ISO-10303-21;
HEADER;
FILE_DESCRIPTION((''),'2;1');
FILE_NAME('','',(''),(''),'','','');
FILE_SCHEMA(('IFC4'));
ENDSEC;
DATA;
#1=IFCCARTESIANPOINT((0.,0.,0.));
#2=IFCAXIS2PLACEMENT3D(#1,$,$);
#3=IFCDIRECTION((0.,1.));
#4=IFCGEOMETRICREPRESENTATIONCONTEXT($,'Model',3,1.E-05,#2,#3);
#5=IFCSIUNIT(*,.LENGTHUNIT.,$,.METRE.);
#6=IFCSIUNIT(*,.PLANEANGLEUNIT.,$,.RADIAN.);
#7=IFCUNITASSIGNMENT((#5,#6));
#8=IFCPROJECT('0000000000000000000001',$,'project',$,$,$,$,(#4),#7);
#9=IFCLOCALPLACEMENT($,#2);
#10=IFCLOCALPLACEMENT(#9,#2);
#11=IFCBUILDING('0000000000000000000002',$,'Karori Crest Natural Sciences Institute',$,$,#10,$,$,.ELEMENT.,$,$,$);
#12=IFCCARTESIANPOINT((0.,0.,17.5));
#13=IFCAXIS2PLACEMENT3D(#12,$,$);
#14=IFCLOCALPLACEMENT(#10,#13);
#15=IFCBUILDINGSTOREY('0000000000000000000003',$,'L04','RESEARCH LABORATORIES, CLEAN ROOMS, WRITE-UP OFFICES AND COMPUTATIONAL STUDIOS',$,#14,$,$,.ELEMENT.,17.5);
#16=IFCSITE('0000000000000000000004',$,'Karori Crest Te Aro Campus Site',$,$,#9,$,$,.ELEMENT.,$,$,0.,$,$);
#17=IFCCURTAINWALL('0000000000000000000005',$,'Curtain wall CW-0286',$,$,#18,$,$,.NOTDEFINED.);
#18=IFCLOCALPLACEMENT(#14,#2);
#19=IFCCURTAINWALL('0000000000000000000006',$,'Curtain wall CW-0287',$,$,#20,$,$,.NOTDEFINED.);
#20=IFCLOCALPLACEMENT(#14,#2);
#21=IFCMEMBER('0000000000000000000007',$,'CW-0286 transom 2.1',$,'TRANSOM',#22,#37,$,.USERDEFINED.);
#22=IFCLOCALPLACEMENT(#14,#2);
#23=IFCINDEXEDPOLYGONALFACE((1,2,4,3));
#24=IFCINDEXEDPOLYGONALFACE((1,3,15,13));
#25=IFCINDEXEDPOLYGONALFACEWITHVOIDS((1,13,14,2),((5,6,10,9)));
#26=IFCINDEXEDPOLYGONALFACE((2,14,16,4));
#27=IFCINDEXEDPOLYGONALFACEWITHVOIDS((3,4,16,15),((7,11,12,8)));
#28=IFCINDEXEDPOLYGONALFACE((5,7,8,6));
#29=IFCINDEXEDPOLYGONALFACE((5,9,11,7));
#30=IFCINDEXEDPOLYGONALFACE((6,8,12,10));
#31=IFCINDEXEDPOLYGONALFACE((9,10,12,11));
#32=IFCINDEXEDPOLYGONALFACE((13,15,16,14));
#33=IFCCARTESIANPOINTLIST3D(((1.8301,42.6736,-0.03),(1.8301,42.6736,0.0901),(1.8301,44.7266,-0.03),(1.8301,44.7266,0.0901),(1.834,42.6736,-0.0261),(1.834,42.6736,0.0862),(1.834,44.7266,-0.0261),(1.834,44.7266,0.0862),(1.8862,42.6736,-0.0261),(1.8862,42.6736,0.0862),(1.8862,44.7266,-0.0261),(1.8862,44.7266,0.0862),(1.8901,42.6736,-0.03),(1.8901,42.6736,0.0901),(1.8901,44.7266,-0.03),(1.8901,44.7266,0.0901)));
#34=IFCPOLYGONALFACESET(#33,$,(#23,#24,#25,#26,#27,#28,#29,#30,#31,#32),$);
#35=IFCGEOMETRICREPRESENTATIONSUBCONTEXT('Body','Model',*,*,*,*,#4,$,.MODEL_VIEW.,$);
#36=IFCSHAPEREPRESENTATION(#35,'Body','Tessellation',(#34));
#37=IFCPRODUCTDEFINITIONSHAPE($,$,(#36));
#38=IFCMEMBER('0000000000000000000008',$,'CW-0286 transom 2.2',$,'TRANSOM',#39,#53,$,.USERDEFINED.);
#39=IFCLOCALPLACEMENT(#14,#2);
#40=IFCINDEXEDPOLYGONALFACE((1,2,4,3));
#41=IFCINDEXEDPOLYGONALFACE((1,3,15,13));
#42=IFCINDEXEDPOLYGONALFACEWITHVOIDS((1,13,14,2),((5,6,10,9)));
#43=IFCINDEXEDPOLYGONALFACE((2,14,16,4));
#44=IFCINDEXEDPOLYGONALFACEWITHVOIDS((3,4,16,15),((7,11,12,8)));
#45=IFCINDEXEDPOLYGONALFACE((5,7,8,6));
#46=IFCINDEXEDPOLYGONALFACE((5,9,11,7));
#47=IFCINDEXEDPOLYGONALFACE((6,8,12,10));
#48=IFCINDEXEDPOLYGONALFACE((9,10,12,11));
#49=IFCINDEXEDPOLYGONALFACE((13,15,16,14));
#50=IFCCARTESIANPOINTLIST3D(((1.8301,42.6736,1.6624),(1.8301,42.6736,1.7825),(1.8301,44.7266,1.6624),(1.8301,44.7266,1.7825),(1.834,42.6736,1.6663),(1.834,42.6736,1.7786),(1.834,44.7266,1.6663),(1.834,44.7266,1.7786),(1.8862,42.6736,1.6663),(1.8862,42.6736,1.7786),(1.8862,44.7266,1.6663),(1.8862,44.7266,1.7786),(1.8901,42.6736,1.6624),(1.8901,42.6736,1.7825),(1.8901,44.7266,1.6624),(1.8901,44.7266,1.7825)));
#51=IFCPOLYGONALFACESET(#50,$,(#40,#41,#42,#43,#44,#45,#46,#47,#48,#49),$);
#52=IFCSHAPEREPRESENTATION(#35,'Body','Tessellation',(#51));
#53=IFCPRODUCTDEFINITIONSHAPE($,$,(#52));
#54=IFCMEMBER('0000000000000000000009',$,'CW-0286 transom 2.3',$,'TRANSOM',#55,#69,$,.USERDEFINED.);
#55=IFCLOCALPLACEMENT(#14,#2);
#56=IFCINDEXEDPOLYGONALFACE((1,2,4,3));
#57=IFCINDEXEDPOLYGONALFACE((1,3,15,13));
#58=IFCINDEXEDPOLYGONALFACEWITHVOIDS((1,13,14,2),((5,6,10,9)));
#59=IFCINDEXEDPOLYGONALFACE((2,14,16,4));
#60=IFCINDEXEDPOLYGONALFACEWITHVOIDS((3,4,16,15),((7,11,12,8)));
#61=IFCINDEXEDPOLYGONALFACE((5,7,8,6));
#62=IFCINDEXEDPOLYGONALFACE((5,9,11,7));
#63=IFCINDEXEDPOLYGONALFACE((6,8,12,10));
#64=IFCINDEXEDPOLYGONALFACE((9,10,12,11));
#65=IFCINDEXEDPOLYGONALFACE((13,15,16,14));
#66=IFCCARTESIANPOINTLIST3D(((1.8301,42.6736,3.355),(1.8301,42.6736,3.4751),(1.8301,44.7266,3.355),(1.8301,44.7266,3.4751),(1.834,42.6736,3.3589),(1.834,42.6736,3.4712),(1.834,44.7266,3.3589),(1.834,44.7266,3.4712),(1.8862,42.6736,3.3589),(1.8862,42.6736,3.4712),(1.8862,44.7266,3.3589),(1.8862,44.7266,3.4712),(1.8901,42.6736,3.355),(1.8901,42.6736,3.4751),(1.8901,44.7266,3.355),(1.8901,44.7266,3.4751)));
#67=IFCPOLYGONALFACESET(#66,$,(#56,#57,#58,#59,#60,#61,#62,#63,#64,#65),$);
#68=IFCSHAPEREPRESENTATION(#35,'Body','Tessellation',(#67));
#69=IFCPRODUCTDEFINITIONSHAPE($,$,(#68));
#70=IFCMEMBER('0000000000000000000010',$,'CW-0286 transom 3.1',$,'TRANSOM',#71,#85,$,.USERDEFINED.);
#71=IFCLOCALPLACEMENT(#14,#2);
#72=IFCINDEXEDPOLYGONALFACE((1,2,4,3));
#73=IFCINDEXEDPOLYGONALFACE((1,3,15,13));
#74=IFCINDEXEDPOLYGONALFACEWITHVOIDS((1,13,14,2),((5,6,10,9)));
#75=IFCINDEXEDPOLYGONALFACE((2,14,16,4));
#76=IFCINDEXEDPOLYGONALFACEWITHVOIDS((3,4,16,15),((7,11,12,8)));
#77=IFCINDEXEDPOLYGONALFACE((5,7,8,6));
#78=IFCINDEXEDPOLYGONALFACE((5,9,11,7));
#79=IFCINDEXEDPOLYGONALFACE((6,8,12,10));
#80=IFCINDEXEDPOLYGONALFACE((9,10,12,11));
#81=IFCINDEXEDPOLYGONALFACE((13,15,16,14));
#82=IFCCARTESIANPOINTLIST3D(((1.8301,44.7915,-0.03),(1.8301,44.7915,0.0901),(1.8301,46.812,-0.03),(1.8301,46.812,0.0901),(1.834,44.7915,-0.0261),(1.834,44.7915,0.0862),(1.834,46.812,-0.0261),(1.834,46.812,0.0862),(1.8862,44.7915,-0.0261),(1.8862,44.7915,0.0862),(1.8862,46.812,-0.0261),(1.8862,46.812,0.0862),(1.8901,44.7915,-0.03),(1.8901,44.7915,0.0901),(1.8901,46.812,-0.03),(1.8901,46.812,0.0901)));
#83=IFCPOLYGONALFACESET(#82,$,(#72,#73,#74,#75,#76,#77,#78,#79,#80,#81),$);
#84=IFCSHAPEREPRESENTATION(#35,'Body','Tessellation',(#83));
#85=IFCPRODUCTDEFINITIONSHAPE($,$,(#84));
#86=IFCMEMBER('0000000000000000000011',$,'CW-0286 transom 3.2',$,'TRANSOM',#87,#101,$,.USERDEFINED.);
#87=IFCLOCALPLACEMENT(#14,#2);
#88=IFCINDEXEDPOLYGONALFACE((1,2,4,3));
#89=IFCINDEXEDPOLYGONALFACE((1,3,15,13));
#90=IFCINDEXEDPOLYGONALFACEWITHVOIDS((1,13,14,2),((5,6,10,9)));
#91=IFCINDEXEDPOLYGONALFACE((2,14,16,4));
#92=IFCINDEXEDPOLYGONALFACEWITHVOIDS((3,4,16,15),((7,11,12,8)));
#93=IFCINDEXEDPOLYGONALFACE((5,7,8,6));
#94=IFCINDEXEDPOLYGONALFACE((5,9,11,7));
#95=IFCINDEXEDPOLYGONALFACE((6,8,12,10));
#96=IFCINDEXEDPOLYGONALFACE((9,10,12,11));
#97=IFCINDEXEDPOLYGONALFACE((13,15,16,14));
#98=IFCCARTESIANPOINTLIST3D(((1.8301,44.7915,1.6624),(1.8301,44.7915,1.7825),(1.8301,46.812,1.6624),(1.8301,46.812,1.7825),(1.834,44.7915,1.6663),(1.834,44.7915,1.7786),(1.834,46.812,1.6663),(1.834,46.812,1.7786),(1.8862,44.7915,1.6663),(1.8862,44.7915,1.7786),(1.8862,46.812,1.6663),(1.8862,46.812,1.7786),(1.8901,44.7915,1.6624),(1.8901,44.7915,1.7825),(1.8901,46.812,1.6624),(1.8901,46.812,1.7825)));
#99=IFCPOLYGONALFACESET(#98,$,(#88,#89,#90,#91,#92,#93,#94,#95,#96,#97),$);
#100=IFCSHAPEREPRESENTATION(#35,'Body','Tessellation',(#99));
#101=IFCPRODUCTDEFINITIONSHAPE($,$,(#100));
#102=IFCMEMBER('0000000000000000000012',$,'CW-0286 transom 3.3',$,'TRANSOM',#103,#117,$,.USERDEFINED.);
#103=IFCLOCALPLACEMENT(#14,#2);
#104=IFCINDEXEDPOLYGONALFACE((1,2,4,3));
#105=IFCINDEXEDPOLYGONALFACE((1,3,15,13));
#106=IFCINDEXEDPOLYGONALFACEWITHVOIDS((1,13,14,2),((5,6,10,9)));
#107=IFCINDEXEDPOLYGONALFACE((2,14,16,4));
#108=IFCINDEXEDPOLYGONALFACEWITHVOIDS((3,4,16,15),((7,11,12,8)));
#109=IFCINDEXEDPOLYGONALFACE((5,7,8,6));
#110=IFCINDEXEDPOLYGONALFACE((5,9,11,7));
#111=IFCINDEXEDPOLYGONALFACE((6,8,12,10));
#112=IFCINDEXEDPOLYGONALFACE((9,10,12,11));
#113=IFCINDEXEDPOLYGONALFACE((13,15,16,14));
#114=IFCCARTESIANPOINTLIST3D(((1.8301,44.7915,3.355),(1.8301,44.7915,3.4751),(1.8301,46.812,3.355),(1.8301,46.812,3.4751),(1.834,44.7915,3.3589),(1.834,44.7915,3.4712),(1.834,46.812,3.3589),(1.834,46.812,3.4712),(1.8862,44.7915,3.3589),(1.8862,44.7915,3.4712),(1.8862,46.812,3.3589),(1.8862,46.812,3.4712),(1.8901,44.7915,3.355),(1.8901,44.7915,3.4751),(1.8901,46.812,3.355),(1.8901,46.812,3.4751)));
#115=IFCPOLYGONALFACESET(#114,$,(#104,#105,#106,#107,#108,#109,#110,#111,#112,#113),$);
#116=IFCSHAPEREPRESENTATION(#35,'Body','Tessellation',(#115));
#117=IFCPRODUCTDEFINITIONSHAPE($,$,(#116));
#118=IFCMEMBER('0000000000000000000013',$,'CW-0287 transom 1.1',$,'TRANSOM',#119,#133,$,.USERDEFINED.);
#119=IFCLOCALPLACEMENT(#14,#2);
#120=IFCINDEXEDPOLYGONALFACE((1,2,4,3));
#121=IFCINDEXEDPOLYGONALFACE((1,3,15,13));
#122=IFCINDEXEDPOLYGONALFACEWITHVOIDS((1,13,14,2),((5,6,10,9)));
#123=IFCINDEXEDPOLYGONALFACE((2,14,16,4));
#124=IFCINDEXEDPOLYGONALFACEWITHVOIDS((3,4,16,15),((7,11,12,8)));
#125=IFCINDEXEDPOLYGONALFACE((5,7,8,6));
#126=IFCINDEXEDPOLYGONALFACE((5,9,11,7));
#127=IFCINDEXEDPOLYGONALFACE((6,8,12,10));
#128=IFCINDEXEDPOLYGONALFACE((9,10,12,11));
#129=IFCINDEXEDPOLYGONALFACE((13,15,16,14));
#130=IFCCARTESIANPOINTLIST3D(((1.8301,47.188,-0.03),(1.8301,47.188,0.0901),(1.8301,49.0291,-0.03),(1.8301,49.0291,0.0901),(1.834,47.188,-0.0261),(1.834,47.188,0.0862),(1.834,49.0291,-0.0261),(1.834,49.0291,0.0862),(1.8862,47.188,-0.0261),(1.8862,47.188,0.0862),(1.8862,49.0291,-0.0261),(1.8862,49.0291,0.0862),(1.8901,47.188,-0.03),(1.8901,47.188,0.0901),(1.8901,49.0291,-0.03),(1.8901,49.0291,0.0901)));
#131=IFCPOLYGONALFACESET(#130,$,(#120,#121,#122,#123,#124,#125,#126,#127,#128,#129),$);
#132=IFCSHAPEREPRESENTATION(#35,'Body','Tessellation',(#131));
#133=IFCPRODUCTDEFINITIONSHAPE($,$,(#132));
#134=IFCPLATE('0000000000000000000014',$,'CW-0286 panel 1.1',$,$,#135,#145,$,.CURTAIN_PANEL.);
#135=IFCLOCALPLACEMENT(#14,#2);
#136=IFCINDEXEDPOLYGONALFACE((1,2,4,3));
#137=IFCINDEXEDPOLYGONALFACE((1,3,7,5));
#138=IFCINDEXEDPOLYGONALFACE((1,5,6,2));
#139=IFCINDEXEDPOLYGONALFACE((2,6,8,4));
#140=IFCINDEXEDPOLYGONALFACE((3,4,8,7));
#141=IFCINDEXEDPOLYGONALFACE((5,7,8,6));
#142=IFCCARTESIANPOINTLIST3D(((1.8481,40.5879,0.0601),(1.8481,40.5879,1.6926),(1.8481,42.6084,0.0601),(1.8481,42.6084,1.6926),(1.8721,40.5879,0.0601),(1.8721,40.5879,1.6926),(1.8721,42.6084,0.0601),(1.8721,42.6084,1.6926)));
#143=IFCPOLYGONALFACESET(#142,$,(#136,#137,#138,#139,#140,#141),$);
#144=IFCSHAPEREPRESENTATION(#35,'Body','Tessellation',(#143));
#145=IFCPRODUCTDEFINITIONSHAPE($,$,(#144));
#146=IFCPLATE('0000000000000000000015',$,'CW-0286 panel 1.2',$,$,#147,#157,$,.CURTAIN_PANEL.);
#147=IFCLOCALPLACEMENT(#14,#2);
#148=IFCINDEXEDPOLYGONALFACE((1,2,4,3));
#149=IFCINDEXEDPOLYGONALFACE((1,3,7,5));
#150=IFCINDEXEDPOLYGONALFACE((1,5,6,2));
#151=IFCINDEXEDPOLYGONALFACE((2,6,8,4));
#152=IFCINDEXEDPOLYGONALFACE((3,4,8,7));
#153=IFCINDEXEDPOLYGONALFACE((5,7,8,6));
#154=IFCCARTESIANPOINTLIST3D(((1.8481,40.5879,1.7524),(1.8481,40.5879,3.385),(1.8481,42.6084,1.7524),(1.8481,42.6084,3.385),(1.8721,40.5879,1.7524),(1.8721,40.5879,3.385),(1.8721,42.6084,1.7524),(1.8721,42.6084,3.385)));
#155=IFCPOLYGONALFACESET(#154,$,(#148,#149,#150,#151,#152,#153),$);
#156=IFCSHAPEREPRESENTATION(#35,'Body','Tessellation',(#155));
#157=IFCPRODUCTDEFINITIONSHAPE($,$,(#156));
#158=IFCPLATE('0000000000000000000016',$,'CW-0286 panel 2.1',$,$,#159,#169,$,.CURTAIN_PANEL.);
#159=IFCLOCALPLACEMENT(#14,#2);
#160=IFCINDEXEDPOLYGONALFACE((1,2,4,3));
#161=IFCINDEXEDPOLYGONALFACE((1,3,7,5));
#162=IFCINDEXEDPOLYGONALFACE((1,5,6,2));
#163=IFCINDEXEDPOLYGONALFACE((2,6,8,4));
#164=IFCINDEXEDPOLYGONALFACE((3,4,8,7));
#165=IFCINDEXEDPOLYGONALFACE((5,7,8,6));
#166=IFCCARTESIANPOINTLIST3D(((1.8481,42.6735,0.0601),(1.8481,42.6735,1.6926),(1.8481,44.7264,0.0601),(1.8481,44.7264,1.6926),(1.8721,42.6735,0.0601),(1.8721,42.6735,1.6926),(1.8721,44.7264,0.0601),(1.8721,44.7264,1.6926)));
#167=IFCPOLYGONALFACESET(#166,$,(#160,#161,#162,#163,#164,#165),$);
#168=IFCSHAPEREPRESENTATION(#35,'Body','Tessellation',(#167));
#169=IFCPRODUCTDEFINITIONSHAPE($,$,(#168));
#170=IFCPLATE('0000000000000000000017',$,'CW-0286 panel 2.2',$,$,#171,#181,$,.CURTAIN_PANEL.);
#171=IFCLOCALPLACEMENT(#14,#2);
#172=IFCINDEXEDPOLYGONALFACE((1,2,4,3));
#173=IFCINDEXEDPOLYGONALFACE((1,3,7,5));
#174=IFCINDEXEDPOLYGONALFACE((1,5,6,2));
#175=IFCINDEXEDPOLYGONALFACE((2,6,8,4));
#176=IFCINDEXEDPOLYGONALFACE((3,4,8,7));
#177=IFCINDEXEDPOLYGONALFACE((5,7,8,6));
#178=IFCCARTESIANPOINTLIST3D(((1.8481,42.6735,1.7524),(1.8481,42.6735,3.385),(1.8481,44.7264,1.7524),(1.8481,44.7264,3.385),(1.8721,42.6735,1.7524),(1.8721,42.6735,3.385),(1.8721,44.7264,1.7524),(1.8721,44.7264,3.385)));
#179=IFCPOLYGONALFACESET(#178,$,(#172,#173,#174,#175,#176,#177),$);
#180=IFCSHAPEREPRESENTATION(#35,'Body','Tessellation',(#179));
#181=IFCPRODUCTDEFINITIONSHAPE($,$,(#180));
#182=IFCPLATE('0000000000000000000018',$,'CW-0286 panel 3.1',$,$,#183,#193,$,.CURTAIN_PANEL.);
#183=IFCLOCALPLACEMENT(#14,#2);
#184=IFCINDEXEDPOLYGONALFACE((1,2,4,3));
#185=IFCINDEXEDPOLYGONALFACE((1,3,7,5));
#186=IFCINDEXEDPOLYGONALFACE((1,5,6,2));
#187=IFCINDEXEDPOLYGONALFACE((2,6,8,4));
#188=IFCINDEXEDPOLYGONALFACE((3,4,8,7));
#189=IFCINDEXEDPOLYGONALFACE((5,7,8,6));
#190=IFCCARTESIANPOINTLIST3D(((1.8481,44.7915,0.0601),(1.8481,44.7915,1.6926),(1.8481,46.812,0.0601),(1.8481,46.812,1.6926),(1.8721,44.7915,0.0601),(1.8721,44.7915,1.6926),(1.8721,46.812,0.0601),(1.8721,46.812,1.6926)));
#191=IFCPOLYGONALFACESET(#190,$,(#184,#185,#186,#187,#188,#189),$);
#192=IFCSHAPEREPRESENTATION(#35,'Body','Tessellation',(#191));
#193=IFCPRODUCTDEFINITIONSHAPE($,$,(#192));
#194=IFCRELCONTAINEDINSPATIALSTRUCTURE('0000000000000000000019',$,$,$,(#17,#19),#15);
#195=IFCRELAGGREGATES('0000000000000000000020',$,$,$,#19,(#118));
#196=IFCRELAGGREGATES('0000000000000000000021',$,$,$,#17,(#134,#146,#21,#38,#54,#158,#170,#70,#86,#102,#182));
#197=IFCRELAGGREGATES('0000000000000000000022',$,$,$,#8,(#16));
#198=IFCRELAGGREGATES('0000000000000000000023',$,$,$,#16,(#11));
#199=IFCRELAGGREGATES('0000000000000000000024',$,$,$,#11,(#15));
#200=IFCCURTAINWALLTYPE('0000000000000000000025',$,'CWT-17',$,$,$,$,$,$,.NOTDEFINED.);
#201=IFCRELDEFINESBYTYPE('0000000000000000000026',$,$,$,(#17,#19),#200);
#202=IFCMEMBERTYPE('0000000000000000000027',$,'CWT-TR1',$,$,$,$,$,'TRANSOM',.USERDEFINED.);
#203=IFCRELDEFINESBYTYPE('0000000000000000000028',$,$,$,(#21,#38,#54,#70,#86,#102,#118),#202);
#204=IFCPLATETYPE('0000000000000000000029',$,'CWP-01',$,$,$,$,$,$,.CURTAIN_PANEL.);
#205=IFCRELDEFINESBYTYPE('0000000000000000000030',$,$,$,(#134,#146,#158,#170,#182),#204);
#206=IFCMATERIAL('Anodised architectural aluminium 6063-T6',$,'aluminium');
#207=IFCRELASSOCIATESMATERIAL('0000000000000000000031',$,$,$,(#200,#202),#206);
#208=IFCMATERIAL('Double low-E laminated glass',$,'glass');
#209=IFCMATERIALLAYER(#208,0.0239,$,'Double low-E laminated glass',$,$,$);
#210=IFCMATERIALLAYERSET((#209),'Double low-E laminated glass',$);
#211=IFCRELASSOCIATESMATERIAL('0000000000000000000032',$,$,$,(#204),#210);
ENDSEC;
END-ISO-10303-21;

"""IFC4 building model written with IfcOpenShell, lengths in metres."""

from ifc_helpers import new_model, si_unit, direction, frame, origin, origin_2d, place, context, subcontext, project, spatial, rectangle, hollow_rectangle, extrude, material, layer, layer_set, material_profile, profile_set, type_object, element, aggregate, save


model = new_model("IFC4")

# Units and contexts
model_context = context("Model", 3, precision=1e-05, world=origin(), true_north=direction((0.0, 1.0)))
body_context = subcontext(model_context, "Body", "Model", "MODEL_VIEW")
ifc_project = project(units=[si_unit("LENGTHUNIT", "METRE"), si_unit("PLANEANGLEUNIT", "RADIAN")], contexts=[model_context])

# Site, building, storey
site_placement = place(None, origin())
site = spatial("IfcSite", under=ifc_project, at=site_placement, Name="Karori Crest Te Aro Campus Site", CompositionType="ELEMENT", RefElevation=0.0)
building_placement = place(site_placement, origin())
building = spatial("IfcBuilding", under=site, at=building_placement, Name="Karori Crest Natural Sciences Institute", CompositionType="ELEMENT")
storey_placement = place(building_placement, frame((0.0, 0.0, 17.5)))
storey = spatial("IfcBuildingStorey", under=building, at=storey_placement, Name="L04", Description="RESEARCH LABORATORIES, CLEAN ROOMS, WRITE-UP OFFICES AND COMPUTATIONAL STUDIOS", CompositionType="ELEMENT", Elevation=17.5)

# Curtain wall
ifc_material_1 = material(Name="Anodised architectural aluminium 6063-T6", Category="aluminium")
curtain_wall_type = type_object("IfcCurtainWallType", Name="CWT-17", PredefinedType="NOTDEFINED", material=ifc_material_1)
curtain_wall_1_placement = place(storey_placement, origin())
curtain_wall_1 = element("IfcCurtainWall", 1, at=curtain_wall_1_placement, inside=storey, type_object=curtain_wall_type, Name="Curtain wall CW-0286", PredefinedType="NOTDEFINED")

# Curtain wall
curtain_wall_2_placement = place(storey_placement, origin())
curtain_wall_2 = element("IfcCurtainWall", 2, at=curtain_wall_2_placement, inside=storey, type_object=curtain_wall_type, Name="Curtain wall CW-0287", PredefinedType="NOTDEFINED")

# Members
ifc_material_profile_1 = material_profile(ifc_material_1, hollow_rectangle(XDim=0.0601, YDim=0.1201, WallThickness=0.0039, at=origin_2d()), Name="CWT120x60x4")
ifc_profile_set_1 = profile_set([ifc_material_profile_1], Name="Anodised architectural aluminium 6063-T6")
member_type_1 = type_object("IfcMemberType", Name="CWT-TR1", ElementType="TRANSOM", PredefinedType="USERDEFINED", material=ifc_profile_set_1)
member_1_placement = place(storey_placement, frame((1.8601, 42.6736, 0.03), z_axis=(0.0, 1.0, 0.0), x_axis=(-1.0, 0.0, 0.0)))
member_1 = element("IfcMember", 3, at=member_1_placement, type_object=member_type_1, Name="CW-0286 transom 2.1", ObjectType="TRANSOM", PredefinedType="USERDEFINED", context=body_context, shape_type="SweptSolid", body=[
    extrude(hollow_rectangle(XDim=0.0601, YDim=0.1201, WallThickness=0.0039, at=origin_2d()), origin(), (0.0, 0.0, 1.0), 2.053),
])
member_2_placement = place(storey_placement, frame((1.8601, 42.6736, 1.7224), z_axis=(0.0, 1.0, 0.0), x_axis=(-1.0, 0.0, 0.0)))
member_2 = element("IfcMember", 4, at=member_2_placement, type_object=member_type_1, Name="CW-0286 transom 2.2", ObjectType="TRANSOM", PredefinedType="USERDEFINED", context=body_context, shape_type="SweptSolid", body=[
    extrude(hollow_rectangle(XDim=0.0601, YDim=0.1201, WallThickness=0.0039, at=origin_2d()), origin(), (0.0, 0.0, 1.0), 2.053),
])
member_3_placement = place(storey_placement, frame((1.8601, 42.6736, 3.415), z_axis=(0.0, 1.0, 0.0), x_axis=(-1.0, 0.0, 0.0)))
member_3 = element("IfcMember", 5, at=member_3_placement, type_object=member_type_1, Name="CW-0286 transom 2.3", ObjectType="TRANSOM", PredefinedType="USERDEFINED", context=body_context, shape_type="SweptSolid", body=[
    extrude(hollow_rectangle(XDim=0.0601, YDim=0.1201, WallThickness=0.0039, at=origin_2d()), origin(), (0.0, 0.0, 1.0), 2.053),
])
member_4_placement = place(storey_placement, frame((1.8601, 44.7915, 0.03), z_axis=(0.0, 1.0, 0.0), x_axis=(-1.0, 0.0, 0.0)))
member_4 = element("IfcMember", 6, at=member_4_placement, type_object=member_type_1, Name="CW-0286 transom 3.1", ObjectType="TRANSOM", PredefinedType="USERDEFINED", context=body_context, shape_type="SweptSolid", body=[
    extrude(hollow_rectangle(XDim=0.0601, YDim=0.1201, WallThickness=0.0039, at=origin_2d()), origin(), (0.0, 0.0, 1.0), 2.0205),
])
member_5_placement = place(storey_placement, frame((1.8601, 44.7915, 1.7224), z_axis=(0.0, 1.0, 0.0), x_axis=(-1.0, 0.0, 0.0)))
member_5 = element("IfcMember", 7, at=member_5_placement, type_object=member_type_1, Name="CW-0286 transom 3.2", ObjectType="TRANSOM", PredefinedType="USERDEFINED", context=body_context, shape_type="SweptSolid", body=[
    extrude(hollow_rectangle(XDim=0.0601, YDim=0.1201, WallThickness=0.0039, at=origin_2d()), origin(), (0.0, 0.0, 1.0), 2.0205),
])
member_6_placement = place(storey_placement, frame((1.8601, 44.7915, 3.415), z_axis=(0.0, 1.0, 0.0), x_axis=(-1.0, 0.0, 0.0)))
member_6 = element("IfcMember", 8, at=member_6_placement, type_object=member_type_1, Name="CW-0286 transom 3.3", ObjectType="TRANSOM", PredefinedType="USERDEFINED", context=body_context, shape_type="SweptSolid", body=[
    extrude(hollow_rectangle(XDim=0.0601, YDim=0.1201, WallThickness=0.0039, at=origin_2d()), origin(), (0.0, 0.0, 1.0), 2.0205),
])
member_7_placement = place(storey_placement, frame((1.8601, 47.188, 0.03), z_axis=(0.0, 1.0, 0.0), x_axis=(-1.0, 0.0, 0.0)))
member_7 = element("IfcMember", 9, at=member_7_placement, type_object=member_type_1, Name="CW-0287 transom 1.1", ObjectType="TRANSOM", PredefinedType="USERDEFINED", context=body_context, shape_type="SweptSolid", body=[
    extrude(hollow_rectangle(XDim=0.0601, YDim=0.1201, WallThickness=0.0039, at=origin_2d()), origin(), (0.0, 0.0, 1.0), 1.8411),
])
aggregate(curtain_wall_2, [member_7])

# Plates
ifc_material_2 = material(Name="Double low-E laminated glass", Category="glass")
ifc_layer_1 = layer(ifc_material_2, 0.0239, Name="Double low-E laminated glass")
ifc_layer_set_1 = layer_set([ifc_layer_1], Name="Double low-E laminated glass")
plate_type_1 = type_object("IfcPlateType", Name="CWP-01", PredefinedType="CURTAIN_PANEL", material=ifc_layer_set_1)
plate_1_placement = place(storey_placement, frame((1.8601, 41.5981, 0.0601), z_axis=(0.0, 0.0, 1.0), x_axis=(0.0, 1.0, 0.0)))
plate_1 = element("IfcPlate", 10, at=plate_1_placement, type_object=plate_type_1, Name="CW-0286 panel 1.1", PredefinedType="CURTAIN_PANEL", context=body_context, shape_type="SweptSolid", body=[
    extrude(rectangle(XDim=2.0205, YDim=0.0239, at=origin_2d()), origin(), (0.0, 0.0, 1.0), 1.6326),
])
plate_2_placement = place(storey_placement, frame((1.8601, 41.5981, 1.7524), z_axis=(0.0, 0.0, 1.0), x_axis=(0.0, 1.0, 0.0)))
plate_2 = element("IfcPlate", 11, at=plate_2_placement, type_object=plate_type_1, Name="CW-0286 panel 1.2", PredefinedType="CURTAIN_PANEL", context=body_context, shape_type="SweptSolid", body=[
    extrude(rectangle(XDim=2.0205, YDim=0.0239, at=origin_2d()), origin(), (0.0, 0.0, 1.0), 1.6326),
])
plate_3_placement = place(storey_placement, frame((1.8601, 43.7, 0.0601), z_axis=(0.0, 0.0, 1.0), x_axis=(0.0, 1.0, 0.0)))
plate_3 = element("IfcPlate", 12, at=plate_3_placement, type_object=plate_type_1, Name="CW-0286 panel 2.1", PredefinedType="CURTAIN_PANEL", context=body_context, shape_type="SweptSolid", body=[
    extrude(rectangle(XDim=2.053, YDim=0.0239, at=origin_2d()), origin(), (0.0, 0.0, 1.0), 1.6326),
])
plate_4_placement = place(storey_placement, frame((1.8601, 43.7, 1.7524), z_axis=(0.0, 0.0, 1.0), x_axis=(0.0, 1.0, 0.0)))
plate_4 = element("IfcPlate", 13, at=plate_4_placement, type_object=plate_type_1, Name="CW-0286 panel 2.2", PredefinedType="CURTAIN_PANEL", context=body_context, shape_type="SweptSolid", body=[
    extrude(rectangle(XDim=2.053, YDim=0.0239, at=origin_2d()), origin(), (0.0, 0.0, 1.0), 1.6326),
])
plate_5_placement = place(storey_placement, frame((1.8601, 45.8018, 0.0601), z_axis=(0.0, 0.0, 1.0), x_axis=(0.0, 1.0, 0.0)))
plate_5 = element("IfcPlate", 14, at=plate_5_placement, type_object=plate_type_1, Name="CW-0286 panel 3.1", PredefinedType="CURTAIN_PANEL", context=body_context, shape_type="SweptSolid", body=[
    extrude(rectangle(XDim=2.0205, YDim=0.0239, at=origin_2d()), origin(), (0.0, 0.0, 1.0), 1.6326),
])
aggregate(curtain_wall_1, [plate_1, plate_2, member_1, member_2, member_3, plate_3, plate_4, member_4, member_5, member_6, plate_5])

save(model, "model.ifc")
